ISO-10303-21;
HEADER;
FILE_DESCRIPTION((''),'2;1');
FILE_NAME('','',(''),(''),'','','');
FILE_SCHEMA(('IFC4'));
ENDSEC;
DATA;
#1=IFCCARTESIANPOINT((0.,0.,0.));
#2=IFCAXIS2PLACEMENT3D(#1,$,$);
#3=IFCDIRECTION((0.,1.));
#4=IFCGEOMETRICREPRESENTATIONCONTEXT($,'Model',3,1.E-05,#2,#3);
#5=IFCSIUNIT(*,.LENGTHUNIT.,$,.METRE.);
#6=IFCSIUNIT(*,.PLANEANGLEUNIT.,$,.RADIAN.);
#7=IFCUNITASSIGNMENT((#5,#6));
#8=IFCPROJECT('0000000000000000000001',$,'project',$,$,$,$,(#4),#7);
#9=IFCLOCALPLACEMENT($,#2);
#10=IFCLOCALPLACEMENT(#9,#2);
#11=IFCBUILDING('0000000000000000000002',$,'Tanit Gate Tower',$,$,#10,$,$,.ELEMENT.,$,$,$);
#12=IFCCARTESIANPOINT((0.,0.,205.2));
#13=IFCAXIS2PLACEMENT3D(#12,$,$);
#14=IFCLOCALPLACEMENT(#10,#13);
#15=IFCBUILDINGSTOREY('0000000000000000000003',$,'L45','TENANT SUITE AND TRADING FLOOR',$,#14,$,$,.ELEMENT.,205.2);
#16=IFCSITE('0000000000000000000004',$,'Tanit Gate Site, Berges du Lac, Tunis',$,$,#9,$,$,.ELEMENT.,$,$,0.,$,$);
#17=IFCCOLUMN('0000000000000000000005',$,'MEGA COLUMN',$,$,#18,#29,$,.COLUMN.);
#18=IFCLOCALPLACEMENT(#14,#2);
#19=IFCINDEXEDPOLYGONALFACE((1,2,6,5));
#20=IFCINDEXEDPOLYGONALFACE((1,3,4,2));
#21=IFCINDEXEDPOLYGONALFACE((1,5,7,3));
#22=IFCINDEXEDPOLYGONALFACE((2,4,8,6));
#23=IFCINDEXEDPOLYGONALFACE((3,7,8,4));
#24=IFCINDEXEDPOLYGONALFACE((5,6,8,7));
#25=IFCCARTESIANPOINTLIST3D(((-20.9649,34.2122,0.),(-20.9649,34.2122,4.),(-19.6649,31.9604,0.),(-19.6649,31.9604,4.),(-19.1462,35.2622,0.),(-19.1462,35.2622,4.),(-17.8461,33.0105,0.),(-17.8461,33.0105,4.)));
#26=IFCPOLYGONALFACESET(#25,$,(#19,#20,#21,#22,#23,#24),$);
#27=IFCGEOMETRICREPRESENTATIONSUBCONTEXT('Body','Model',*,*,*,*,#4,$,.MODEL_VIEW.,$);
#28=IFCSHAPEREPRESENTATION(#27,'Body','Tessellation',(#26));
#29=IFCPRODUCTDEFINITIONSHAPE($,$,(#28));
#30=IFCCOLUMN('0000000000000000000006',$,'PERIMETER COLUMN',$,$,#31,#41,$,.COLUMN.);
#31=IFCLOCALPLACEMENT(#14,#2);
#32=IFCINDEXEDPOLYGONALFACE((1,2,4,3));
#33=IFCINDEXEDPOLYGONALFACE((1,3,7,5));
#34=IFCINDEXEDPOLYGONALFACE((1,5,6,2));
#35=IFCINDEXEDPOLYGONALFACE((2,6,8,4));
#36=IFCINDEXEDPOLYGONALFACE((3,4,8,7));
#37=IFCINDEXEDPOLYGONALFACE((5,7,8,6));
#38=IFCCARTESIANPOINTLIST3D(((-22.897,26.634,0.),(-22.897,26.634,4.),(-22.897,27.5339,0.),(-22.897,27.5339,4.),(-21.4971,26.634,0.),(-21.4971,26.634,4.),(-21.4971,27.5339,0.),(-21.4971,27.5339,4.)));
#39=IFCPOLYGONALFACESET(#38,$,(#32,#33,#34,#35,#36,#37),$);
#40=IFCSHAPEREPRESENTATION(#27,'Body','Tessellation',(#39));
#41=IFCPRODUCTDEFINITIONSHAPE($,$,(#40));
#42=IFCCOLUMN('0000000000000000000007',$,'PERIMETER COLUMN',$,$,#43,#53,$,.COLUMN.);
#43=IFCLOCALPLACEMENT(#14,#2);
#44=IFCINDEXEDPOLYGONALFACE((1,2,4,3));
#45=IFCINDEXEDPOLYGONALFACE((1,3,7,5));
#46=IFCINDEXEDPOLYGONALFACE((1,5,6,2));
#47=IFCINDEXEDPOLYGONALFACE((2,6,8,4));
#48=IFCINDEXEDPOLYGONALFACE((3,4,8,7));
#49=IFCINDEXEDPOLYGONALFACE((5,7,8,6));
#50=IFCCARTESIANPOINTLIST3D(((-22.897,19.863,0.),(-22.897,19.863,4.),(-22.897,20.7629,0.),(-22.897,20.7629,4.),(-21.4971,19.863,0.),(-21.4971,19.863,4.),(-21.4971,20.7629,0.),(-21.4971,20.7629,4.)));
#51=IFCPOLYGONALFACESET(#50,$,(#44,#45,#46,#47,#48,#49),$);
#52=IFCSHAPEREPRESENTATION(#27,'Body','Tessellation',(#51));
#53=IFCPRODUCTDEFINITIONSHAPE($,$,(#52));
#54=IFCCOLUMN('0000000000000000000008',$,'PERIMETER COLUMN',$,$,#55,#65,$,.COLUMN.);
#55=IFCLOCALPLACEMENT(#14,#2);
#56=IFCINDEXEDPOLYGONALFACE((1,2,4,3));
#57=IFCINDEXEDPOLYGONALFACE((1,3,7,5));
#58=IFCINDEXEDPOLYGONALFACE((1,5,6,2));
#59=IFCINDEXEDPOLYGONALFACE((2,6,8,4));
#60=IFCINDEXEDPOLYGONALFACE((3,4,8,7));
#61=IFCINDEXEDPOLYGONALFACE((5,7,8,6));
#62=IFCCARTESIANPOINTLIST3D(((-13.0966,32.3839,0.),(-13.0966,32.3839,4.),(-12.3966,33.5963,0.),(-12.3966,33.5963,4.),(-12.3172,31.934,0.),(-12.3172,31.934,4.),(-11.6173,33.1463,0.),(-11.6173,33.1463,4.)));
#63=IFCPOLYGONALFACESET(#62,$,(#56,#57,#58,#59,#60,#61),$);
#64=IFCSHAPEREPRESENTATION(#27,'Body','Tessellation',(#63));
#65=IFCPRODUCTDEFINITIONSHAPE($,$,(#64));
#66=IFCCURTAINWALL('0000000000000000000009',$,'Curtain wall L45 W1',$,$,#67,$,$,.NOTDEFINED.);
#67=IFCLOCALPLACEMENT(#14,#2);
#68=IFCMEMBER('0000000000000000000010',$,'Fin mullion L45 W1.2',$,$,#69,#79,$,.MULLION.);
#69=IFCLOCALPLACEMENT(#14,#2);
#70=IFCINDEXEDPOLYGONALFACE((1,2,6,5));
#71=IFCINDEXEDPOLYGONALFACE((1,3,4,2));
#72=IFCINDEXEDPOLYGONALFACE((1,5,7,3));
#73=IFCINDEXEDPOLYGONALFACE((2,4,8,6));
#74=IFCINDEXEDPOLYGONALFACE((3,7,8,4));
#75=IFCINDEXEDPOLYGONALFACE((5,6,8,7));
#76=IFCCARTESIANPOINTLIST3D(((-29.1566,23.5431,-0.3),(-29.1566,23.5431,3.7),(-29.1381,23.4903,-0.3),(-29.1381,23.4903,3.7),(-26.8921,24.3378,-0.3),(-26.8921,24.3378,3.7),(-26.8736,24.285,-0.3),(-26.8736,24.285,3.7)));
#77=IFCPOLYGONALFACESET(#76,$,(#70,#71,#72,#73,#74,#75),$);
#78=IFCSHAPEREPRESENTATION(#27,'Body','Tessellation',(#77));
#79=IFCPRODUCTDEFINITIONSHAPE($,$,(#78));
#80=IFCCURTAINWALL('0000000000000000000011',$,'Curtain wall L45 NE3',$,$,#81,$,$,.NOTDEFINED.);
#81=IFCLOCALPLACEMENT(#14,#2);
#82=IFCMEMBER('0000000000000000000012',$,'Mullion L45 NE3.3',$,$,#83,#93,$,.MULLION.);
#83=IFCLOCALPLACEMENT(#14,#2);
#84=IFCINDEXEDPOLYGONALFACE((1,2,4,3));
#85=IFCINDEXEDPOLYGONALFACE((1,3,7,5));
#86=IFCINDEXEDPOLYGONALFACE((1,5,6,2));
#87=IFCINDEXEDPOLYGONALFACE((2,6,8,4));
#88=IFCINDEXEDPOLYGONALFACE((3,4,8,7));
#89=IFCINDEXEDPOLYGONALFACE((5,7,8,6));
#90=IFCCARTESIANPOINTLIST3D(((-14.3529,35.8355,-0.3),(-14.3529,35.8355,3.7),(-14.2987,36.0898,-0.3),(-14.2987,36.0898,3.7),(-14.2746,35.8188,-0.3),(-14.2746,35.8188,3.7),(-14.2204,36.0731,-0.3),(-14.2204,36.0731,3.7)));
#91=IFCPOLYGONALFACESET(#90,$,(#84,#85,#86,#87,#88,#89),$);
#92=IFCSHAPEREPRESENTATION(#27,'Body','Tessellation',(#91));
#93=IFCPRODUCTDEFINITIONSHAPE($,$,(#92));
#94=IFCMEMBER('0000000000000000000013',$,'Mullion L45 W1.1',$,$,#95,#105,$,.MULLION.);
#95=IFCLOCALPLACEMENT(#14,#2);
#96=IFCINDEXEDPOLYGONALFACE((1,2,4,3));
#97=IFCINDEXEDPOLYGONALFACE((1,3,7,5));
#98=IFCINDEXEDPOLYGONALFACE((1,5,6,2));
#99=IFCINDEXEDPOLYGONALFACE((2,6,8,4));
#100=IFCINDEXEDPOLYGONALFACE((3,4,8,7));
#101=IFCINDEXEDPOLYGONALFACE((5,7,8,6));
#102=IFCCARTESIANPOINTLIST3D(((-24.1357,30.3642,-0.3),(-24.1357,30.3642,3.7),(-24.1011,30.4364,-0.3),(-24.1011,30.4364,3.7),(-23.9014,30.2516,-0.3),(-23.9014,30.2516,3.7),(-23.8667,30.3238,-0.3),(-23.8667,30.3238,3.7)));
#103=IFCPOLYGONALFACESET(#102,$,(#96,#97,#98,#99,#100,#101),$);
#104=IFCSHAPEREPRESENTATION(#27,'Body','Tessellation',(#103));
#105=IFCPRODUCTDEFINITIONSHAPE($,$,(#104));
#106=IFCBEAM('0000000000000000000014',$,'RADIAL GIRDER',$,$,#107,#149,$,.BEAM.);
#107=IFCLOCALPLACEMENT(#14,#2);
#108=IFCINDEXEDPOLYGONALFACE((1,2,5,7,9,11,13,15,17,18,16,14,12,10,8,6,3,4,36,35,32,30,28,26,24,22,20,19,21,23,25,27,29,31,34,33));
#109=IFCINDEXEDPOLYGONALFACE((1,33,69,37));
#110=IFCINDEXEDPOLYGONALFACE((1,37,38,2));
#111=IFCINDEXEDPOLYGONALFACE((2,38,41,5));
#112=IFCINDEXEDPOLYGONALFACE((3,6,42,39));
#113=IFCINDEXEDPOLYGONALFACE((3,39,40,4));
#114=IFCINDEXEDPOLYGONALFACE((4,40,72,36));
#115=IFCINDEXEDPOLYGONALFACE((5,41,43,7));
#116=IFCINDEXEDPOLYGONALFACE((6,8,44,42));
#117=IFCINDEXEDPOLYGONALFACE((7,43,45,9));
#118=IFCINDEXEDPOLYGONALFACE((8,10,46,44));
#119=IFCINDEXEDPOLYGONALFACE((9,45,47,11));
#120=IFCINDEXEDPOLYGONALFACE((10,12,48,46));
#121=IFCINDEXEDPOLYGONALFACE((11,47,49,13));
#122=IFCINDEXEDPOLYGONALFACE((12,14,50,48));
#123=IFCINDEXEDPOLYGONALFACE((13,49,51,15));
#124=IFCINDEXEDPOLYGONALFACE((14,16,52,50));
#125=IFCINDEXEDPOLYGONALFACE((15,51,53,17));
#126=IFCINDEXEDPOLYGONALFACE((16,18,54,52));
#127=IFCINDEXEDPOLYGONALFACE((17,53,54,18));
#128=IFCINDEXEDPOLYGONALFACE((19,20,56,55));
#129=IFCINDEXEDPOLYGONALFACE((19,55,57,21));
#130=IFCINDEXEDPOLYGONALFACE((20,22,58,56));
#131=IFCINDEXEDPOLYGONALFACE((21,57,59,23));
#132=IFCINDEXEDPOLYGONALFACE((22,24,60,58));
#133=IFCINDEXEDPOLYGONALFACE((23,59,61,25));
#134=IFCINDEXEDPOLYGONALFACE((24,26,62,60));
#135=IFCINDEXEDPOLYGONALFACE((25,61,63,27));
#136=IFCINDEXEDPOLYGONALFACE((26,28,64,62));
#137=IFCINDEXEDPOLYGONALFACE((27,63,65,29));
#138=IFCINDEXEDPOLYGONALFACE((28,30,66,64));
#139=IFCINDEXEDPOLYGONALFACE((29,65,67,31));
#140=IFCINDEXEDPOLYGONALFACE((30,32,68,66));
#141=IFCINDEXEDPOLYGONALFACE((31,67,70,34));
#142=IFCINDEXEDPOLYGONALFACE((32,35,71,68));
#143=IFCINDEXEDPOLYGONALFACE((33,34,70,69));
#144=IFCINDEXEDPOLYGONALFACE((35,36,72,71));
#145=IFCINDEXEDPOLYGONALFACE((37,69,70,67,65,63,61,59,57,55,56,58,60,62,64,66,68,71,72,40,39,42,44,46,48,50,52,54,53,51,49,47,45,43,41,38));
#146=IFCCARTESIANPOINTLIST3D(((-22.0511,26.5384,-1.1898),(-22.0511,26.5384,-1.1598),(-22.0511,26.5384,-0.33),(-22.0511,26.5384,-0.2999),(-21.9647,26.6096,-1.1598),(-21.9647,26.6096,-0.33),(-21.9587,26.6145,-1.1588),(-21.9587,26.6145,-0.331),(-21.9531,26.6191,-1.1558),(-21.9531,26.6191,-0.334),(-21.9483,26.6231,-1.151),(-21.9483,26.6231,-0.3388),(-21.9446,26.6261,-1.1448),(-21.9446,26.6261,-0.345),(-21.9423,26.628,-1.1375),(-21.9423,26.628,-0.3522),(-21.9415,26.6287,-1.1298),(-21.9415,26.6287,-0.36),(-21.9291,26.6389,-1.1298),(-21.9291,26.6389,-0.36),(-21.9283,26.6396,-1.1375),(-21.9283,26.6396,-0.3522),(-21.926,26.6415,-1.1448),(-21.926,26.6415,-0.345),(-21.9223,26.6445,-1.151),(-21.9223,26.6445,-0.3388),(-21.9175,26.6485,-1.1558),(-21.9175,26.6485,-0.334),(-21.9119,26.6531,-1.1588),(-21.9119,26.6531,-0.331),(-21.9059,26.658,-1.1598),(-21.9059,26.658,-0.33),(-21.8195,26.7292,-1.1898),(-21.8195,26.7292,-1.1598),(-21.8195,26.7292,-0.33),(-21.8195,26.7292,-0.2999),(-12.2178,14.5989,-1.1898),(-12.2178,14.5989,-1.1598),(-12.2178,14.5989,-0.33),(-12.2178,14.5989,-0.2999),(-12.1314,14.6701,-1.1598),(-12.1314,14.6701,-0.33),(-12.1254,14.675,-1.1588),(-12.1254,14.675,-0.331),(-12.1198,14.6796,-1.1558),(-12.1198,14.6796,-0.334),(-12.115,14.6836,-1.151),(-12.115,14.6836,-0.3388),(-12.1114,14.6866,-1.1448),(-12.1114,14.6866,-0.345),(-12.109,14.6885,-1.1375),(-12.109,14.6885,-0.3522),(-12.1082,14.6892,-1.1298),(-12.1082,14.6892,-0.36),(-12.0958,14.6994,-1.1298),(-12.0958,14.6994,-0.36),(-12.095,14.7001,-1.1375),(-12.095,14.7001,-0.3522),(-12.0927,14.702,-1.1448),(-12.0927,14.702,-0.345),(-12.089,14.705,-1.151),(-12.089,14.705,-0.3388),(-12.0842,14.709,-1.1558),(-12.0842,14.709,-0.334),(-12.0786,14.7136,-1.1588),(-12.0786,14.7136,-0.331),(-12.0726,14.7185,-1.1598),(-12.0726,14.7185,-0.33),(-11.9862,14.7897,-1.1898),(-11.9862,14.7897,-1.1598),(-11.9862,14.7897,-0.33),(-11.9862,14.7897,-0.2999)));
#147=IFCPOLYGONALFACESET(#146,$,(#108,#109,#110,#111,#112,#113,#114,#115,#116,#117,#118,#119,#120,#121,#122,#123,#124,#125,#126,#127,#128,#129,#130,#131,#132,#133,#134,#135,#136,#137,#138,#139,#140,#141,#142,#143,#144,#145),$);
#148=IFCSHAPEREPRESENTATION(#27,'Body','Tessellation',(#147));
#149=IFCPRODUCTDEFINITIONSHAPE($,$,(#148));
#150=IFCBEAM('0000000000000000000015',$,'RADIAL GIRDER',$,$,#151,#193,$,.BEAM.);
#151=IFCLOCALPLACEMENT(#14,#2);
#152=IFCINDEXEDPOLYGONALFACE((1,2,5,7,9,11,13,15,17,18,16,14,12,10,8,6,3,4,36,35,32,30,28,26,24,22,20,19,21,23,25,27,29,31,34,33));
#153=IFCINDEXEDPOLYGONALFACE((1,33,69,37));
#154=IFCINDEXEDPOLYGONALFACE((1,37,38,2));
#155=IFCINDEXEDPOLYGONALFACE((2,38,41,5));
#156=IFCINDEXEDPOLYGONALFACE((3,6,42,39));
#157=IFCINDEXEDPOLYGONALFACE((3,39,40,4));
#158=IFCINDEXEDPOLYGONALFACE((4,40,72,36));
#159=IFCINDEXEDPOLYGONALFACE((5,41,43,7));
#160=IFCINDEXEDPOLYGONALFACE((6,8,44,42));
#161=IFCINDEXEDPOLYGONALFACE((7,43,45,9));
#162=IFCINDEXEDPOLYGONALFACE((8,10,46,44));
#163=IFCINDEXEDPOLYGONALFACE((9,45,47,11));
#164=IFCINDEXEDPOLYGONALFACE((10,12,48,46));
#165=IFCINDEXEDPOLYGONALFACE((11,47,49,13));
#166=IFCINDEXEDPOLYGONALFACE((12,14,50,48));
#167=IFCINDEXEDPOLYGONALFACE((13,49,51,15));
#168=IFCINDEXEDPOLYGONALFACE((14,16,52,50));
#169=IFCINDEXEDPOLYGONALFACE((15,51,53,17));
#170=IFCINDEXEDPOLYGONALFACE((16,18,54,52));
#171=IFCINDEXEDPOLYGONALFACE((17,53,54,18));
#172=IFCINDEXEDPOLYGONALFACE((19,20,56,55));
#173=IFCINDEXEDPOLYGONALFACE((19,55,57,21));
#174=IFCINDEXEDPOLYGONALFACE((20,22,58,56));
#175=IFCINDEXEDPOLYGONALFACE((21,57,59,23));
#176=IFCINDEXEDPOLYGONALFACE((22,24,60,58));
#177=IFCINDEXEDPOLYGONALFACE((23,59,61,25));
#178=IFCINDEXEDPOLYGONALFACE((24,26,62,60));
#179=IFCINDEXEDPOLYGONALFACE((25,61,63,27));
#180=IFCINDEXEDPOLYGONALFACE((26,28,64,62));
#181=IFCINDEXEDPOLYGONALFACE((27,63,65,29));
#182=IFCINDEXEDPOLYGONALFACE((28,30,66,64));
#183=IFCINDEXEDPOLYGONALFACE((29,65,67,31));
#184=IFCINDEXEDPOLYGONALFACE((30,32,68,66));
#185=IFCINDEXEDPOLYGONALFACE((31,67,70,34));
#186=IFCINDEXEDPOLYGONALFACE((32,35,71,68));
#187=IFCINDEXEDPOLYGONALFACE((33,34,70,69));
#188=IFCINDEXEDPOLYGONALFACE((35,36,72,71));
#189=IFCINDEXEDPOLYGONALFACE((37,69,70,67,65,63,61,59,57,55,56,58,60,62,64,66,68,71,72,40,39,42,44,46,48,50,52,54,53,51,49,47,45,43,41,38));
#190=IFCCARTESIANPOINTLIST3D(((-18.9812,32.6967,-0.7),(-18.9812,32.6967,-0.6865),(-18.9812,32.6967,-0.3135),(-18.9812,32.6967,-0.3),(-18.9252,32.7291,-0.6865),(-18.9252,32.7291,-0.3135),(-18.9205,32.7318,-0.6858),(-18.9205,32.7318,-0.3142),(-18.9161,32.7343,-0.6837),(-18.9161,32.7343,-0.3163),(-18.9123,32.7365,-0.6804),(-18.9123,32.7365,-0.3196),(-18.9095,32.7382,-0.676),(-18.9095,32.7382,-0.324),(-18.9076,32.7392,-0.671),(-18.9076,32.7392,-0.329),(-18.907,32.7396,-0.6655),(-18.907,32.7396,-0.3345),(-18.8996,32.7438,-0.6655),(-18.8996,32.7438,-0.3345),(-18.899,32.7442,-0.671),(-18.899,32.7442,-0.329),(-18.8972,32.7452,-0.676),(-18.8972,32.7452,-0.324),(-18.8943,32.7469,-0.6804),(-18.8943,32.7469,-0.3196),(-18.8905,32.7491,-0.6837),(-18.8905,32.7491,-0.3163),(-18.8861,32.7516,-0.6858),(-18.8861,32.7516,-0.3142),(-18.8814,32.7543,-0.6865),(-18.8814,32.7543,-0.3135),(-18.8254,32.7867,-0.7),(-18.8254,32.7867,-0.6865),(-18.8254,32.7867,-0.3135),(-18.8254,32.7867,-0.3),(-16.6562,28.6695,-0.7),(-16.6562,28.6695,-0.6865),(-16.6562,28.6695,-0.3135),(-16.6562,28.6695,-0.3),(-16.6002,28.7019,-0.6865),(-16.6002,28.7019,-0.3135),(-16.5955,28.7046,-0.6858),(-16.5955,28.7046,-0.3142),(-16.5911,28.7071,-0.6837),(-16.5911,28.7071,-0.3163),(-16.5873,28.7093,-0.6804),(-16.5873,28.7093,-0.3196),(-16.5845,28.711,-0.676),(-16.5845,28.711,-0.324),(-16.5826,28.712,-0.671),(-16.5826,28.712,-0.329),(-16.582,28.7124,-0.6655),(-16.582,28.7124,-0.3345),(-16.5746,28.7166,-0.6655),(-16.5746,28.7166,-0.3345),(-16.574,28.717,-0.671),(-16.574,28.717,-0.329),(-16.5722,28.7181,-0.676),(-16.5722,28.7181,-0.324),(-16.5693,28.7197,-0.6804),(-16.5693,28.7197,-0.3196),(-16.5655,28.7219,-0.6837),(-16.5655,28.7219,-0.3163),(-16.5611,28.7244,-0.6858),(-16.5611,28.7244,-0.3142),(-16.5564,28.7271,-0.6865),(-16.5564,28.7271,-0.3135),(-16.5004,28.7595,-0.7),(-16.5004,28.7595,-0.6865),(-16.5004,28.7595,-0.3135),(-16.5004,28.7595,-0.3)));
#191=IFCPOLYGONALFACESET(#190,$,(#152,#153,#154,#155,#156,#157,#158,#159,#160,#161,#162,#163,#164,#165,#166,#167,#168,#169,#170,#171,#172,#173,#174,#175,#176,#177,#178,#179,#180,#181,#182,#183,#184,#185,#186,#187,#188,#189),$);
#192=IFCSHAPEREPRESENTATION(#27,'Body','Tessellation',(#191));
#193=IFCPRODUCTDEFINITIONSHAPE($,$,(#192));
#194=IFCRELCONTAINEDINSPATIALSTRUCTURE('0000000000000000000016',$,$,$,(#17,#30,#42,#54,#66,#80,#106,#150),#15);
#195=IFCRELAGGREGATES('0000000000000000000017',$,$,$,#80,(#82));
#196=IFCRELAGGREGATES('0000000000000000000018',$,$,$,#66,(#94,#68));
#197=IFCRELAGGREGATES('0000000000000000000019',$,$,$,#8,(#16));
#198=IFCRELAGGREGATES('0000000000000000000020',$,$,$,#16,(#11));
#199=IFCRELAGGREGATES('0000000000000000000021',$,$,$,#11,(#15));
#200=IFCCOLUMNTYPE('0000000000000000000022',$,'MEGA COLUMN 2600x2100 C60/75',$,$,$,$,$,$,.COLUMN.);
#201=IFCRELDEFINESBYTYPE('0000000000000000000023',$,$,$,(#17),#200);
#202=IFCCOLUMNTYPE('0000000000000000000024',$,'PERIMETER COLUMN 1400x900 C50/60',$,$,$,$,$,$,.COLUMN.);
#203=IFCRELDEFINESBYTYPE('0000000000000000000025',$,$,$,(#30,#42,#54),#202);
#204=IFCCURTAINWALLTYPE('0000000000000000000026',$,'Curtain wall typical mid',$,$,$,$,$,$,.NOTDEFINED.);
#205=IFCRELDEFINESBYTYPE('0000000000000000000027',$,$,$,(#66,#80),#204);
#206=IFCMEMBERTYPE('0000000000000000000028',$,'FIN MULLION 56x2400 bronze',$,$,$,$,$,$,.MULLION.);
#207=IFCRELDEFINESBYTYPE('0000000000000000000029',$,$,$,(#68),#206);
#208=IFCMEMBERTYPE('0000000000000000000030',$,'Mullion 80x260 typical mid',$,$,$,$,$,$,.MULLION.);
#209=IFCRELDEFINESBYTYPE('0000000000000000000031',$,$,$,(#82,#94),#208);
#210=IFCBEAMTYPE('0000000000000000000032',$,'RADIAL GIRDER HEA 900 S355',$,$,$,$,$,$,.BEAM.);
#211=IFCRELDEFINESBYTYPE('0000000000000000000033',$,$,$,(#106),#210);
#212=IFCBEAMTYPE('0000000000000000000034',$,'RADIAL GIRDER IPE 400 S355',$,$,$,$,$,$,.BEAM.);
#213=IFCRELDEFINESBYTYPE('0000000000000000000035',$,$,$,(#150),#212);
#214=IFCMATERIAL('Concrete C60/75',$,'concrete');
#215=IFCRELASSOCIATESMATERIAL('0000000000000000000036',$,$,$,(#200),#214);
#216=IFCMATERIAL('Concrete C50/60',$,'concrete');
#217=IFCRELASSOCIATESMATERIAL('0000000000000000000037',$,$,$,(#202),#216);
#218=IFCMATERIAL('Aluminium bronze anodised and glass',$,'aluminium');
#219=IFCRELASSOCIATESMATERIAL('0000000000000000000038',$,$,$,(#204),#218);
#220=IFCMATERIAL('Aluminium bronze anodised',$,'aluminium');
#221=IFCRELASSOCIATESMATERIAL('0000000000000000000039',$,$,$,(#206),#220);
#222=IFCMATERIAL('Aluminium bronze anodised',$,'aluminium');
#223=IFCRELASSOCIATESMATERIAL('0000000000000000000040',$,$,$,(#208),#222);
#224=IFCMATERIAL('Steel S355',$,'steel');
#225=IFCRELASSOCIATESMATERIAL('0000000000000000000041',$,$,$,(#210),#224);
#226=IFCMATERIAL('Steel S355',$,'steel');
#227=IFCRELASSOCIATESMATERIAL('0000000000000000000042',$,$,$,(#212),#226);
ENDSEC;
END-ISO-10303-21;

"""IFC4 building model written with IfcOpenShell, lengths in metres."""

from ifc_helpers import new_model, si_unit, direction, frame, origin, origin_2d, place, context, subcontext, project, spatial, rectangle, i_section, extrude, material, material_profile, profile_set, type_object, element, aggregate, save


model = new_model("IFC4")

# Units and contexts
model_context = context("Model", 3, precision=1e-05, world=origin(), true_north=direction((0.0, 1.0)))
body_context = subcontext(model_context, "Body", "Model", "MODEL_VIEW")
ifc_project = project(units=[si_unit("LENGTHUNIT", "METRE"), si_unit("PLANEANGLEUNIT", "RADIAN")], contexts=[model_context])

# Site, building, storey
site_placement = place(None, origin())
site = spatial("IfcSite", under=ifc_project, at=site_placement, Name="Tanit Gate Site, Berges du Lac, Tunis", CompositionType="ELEMENT", RefElevation=0.0)
building_placement = place(site_placement, origin())
building = spatial("IfcBuilding", under=site, at=building_placement, Name="Tanit Gate Tower", CompositionType="ELEMENT")
storey_placement = place(building_placement, frame((0.0, 0.0, 205.2)))
storey = spatial("IfcBuildingStorey", under=building, at=storey_placement, Name="L45", Description="TENANT SUITE AND TRADING FLOOR", CompositionType="ELEMENT", Elevation=205.2)

# Columns
ifc_material_1 = material(Name="Concrete C60/75", Category="concrete")
ifc_material_profile_1 = material_profile(ifc_material_1, rectangle(XDim=2.6001, YDim=2.1001, at=origin_2d()), Name="RC 2600x2100")
ifc_profile_set_1 = profile_set([ifc_material_profile_1], Name="Concrete C60/75")
column_type_1 = type_object("IfcColumnType", Name="MEGA COLUMN 2600x2100 C60/75", PredefinedType="COLUMN", material=ifc_profile_set_1)
column_placement = place(storey_placement, frame((-19.4055, 33.6113, 0.0), z_axis=(0.0, 0.0, 1.0), x_axis=(-0.5, 0.866025, 0.0)))
element("IfcColumn", 1, at=column_placement, inside=storey, type_object=column_type_1, Name="MEGA COLUMN", PredefinedType="COLUMN", context=body_context, shape_type="SweptSolid", body=[
    extrude(rectangle(XDim=2.6001, YDim=2.1001, at=origin_2d()), origin(), (0.0, 0.0, 1.0), 4.0),
])
ifc_material_2 = material(Name="Concrete C50/60", Category="concrete")
ifc_material_profile_2 = material_profile(ifc_material_2, rectangle(XDim=1.3999, YDim=0.8999, at=origin_2d()), Name="RC 1400x900")
ifc_profile_set_2 = profile_set([ifc_material_profile_2], Name="Concrete C50/60")
column_type_2 = type_object("IfcColumnType", Name="PERIMETER COLUMN 1400x900 C50/60", PredefinedType="COLUMN", material=ifc_profile_set_2)
for number, where, z_axis, x_axis, name in (
    (2, (-22.197, 27.084, 0.0), (0.0, 0.0, 1.0), (-1.0, 0.0, 0.0), "PERIMETER COLUMN"),
    (3, (-22.197, 20.313, 0.0), (0.0, 0.0, 1.0), (-1.0, 0.0, 0.0), "PERIMETER COLUMN"),
    (4, (-12.3569, 32.7651, 0.0), (0.0, 0.0, 1.0), (0.5, 0.866025, 0.0), "PERIMETER COLUMN"),
):
    element("IfcColumn", number, at=place(storey_placement, frame(where, z_axis=z_axis, x_axis=x_axis)), inside=storey, type_object=column_type_2, Name=name, PredefinedType="COLUMN", context=body_context, shape_type="SweptSolid", body=[
        extrude(rectangle(XDim=1.3999, YDim=0.8999, at=origin_2d()), origin(), (0.0, 0.0, 1.0), 4.0),
    ])

# Curtain walls, members
ifc_material_3 = material(Name="Aluminium bronze anodised and glass", Category="aluminium")
curtain_wall_type = type_object("IfcCurtainWallType", Name="Curtain wall typical mid", PredefinedType="NOTDEFINED", material=ifc_material_3)
curtain_wall_1_placement = place(storey_placement, origin())
curtain_wall_1 = element("IfcCurtainWall", 5, at=curtain_wall_1_placement, inside=storey, type_object=curtain_wall_type, Name="Curtain wall L45 W1", PredefinedType="NOTDEFINED")
ifc_material_4 = material(Name="Aluminium bronze anodised", Category="aluminium")
ifc_material_profile_3 = material_profile(ifc_material_4, rectangle(XDim=2.3999, YDim=0.0559, at=origin_2d()), Name="56x2400 bronze fin mullion")
ifc_profile_set_3 = profile_set([ifc_material_profile_3], Name="Aluminium bronze anodised")
member_type_1 = type_object("IfcMemberType", Name="FIN MULLION 56x2400 bronze", PredefinedType="MULLION", material=ifc_profile_set_3)
member_1_placement = place(storey_placement, frame((-28.0151, 23.9141, -0.3), z_axis=(0.0, 0.0, 1.0), x_axis=(0.94358, 0.331145, 0.0)))
member_1 = element("IfcMember", 6, at=member_1_placement, type_object=member_type_1, Name="Fin mullion L45 W1.2", PredefinedType="MULLION", context=body_context, shape_type="SweptSolid", body=[
    extrude(rectangle(XDim=2.3999, YDim=0.0559, at=origin_2d()), origin(), (0.0, 0.0, 1.0), 4.0),
])
curtain_wall_2_placement = place(storey_placement, origin())
curtain_wall_2 = element("IfcCurtainWall", 7, at=curtain_wall_2_placement, inside=storey, type_object=curtain_wall_type, Name="Curtain wall L45 NE3", PredefinedType="NOTDEFINED")
ifc_material_5 = material(Name="Aluminium bronze anodised", Category="aluminium")
ifc_material_profile_4 = material_profile(ifc_material_5, rectangle(XDim=0.26, YDim=0.0801, at=origin_2d()), Name="80x260 bronze mullion")
ifc_profile_set_4 = profile_set([ifc_material_profile_4], Name="Aluminium bronze anodised")
member_type_2 = type_object("IfcMemberType", Name="Mullion 80x260 typical mid", PredefinedType="MULLION", material=ifc_profile_set_4)
member_2_placement = place(storey_placement, frame((-14.2866, 35.9543, -0.3), z_axis=(0.0, 0.0, 1.0), x_axis=(-0.208527, -0.978017, 0.0)))
member_2 = element("IfcMember", 8, at=member_2_placement, type_object=member_type_2, Name="Mullion L45 NE3.3", PredefinedType="MULLION", context=body_context, shape_type="SweptSolid", body=[
    extrude(rectangle(XDim=0.26, YDim=0.0801, at=origin_2d()), origin(), (0.0, 0.0, 1.0), 4.0),
])
aggregate(curtain_wall_2, [member_2])

# Member
member_3_placement = place(storey_placement, frame((-24.0012, 30.344, -0.3), z_axis=(0.0, 0.0, 1.0), x_axis=(0.901367, -0.433057, 0.0)))
member_3 = element("IfcMember", 9, at=member_3_placement, type_object=member_type_2, Name="Mullion L45 W1.1", PredefinedType="MULLION", context=body_context, shape_type="SweptSolid", body=[
    extrude(rectangle(XDim=0.26, YDim=0.0801, at=origin_2d()), origin(), (0.0, 0.0, 1.0), 4.0),
])

# Beams
ifc_material_6 = material(Name="Steel S355", Category="steel")
ifc_material_profile_5 = material_profile(ifc_material_6, i_section(OverallWidth=0.3, OverallDepth=0.8899, WebThickness=0.0161, FlangeThickness=0.03, FilletRadius=0.03, at=origin_2d()), Name="HEA 900")
ifc_profile_set_5 = profile_set([ifc_material_profile_5], Name="Steel S355")
beam_type_1 = type_object("IfcBeamType", Name="RADIAL GIRDER HEA 900 S355", PredefinedType="BEAM", material=ifc_profile_set_5)
beam_1_placement = place(storey_placement, frame((-21.9353, 26.6338, -0.7449), z_axis=(0.635737, -0.771906, 0.0), x_axis=(0.771906, 0.635737, 0.0)))
element("IfcBeam", 10, at=beam_1_placement, inside=storey, type_object=beam_type_1, Name="RADIAL GIRDER", PredefinedType="BEAM", context=body_context, shape_type="SweptSolid", body=[
    extrude(i_section(OverallWidth=0.3, OverallDepth=0.8899, WebThickness=0.0161, FlangeThickness=0.03, FilletRadius=0.03, at=origin_2d()), origin(), (0.0, 0.0, 1.0), 15.4675),
])
ifc_material_7 = material(Name="Steel S355", Category="steel")
ifc_material_profile_6 = material_profile(ifc_material_7, i_section(OverallWidth=0.1799, OverallDepth=0.3999, WebThickness=0.0085, FlangeThickness=0.0134, FilletRadius=0.021, at=origin_2d()), Name="IPE 400")
ifc_profile_set_6 = profile_set([ifc_material_profile_6], Name="Steel S355")
beam_type_2 = type_object("IfcBeamType", Name="RADIAL GIRDER IPE 400 S355", PredefinedType="BEAM", material=ifc_profile_set_6)
beam_2_placement = place(storey_placement, frame((-18.9033, 32.7417, -0.5), z_axis=(0.499985, -0.866034, 0.0), x_axis=(0.866034, 0.499985, 0.0)))
element("IfcBeam", 11, at=beam_2_placement, inside=storey, type_object=beam_type_2, Name="RADIAL GIRDER", PredefinedType="BEAM", context=body_context, shape_type="SweptSolid", body=[
    extrude(i_section(OverallWidth=0.1799, OverallDepth=0.3999, WebThickness=0.0085, FlangeThickness=0.0134, FilletRadius=0.021, at=origin_2d()), origin(), (0.0, 0.0, 1.0), 4.6501),
])

aggregate(curtain_wall_1, [member_3, member_1])

save(model, "model.ifc")
